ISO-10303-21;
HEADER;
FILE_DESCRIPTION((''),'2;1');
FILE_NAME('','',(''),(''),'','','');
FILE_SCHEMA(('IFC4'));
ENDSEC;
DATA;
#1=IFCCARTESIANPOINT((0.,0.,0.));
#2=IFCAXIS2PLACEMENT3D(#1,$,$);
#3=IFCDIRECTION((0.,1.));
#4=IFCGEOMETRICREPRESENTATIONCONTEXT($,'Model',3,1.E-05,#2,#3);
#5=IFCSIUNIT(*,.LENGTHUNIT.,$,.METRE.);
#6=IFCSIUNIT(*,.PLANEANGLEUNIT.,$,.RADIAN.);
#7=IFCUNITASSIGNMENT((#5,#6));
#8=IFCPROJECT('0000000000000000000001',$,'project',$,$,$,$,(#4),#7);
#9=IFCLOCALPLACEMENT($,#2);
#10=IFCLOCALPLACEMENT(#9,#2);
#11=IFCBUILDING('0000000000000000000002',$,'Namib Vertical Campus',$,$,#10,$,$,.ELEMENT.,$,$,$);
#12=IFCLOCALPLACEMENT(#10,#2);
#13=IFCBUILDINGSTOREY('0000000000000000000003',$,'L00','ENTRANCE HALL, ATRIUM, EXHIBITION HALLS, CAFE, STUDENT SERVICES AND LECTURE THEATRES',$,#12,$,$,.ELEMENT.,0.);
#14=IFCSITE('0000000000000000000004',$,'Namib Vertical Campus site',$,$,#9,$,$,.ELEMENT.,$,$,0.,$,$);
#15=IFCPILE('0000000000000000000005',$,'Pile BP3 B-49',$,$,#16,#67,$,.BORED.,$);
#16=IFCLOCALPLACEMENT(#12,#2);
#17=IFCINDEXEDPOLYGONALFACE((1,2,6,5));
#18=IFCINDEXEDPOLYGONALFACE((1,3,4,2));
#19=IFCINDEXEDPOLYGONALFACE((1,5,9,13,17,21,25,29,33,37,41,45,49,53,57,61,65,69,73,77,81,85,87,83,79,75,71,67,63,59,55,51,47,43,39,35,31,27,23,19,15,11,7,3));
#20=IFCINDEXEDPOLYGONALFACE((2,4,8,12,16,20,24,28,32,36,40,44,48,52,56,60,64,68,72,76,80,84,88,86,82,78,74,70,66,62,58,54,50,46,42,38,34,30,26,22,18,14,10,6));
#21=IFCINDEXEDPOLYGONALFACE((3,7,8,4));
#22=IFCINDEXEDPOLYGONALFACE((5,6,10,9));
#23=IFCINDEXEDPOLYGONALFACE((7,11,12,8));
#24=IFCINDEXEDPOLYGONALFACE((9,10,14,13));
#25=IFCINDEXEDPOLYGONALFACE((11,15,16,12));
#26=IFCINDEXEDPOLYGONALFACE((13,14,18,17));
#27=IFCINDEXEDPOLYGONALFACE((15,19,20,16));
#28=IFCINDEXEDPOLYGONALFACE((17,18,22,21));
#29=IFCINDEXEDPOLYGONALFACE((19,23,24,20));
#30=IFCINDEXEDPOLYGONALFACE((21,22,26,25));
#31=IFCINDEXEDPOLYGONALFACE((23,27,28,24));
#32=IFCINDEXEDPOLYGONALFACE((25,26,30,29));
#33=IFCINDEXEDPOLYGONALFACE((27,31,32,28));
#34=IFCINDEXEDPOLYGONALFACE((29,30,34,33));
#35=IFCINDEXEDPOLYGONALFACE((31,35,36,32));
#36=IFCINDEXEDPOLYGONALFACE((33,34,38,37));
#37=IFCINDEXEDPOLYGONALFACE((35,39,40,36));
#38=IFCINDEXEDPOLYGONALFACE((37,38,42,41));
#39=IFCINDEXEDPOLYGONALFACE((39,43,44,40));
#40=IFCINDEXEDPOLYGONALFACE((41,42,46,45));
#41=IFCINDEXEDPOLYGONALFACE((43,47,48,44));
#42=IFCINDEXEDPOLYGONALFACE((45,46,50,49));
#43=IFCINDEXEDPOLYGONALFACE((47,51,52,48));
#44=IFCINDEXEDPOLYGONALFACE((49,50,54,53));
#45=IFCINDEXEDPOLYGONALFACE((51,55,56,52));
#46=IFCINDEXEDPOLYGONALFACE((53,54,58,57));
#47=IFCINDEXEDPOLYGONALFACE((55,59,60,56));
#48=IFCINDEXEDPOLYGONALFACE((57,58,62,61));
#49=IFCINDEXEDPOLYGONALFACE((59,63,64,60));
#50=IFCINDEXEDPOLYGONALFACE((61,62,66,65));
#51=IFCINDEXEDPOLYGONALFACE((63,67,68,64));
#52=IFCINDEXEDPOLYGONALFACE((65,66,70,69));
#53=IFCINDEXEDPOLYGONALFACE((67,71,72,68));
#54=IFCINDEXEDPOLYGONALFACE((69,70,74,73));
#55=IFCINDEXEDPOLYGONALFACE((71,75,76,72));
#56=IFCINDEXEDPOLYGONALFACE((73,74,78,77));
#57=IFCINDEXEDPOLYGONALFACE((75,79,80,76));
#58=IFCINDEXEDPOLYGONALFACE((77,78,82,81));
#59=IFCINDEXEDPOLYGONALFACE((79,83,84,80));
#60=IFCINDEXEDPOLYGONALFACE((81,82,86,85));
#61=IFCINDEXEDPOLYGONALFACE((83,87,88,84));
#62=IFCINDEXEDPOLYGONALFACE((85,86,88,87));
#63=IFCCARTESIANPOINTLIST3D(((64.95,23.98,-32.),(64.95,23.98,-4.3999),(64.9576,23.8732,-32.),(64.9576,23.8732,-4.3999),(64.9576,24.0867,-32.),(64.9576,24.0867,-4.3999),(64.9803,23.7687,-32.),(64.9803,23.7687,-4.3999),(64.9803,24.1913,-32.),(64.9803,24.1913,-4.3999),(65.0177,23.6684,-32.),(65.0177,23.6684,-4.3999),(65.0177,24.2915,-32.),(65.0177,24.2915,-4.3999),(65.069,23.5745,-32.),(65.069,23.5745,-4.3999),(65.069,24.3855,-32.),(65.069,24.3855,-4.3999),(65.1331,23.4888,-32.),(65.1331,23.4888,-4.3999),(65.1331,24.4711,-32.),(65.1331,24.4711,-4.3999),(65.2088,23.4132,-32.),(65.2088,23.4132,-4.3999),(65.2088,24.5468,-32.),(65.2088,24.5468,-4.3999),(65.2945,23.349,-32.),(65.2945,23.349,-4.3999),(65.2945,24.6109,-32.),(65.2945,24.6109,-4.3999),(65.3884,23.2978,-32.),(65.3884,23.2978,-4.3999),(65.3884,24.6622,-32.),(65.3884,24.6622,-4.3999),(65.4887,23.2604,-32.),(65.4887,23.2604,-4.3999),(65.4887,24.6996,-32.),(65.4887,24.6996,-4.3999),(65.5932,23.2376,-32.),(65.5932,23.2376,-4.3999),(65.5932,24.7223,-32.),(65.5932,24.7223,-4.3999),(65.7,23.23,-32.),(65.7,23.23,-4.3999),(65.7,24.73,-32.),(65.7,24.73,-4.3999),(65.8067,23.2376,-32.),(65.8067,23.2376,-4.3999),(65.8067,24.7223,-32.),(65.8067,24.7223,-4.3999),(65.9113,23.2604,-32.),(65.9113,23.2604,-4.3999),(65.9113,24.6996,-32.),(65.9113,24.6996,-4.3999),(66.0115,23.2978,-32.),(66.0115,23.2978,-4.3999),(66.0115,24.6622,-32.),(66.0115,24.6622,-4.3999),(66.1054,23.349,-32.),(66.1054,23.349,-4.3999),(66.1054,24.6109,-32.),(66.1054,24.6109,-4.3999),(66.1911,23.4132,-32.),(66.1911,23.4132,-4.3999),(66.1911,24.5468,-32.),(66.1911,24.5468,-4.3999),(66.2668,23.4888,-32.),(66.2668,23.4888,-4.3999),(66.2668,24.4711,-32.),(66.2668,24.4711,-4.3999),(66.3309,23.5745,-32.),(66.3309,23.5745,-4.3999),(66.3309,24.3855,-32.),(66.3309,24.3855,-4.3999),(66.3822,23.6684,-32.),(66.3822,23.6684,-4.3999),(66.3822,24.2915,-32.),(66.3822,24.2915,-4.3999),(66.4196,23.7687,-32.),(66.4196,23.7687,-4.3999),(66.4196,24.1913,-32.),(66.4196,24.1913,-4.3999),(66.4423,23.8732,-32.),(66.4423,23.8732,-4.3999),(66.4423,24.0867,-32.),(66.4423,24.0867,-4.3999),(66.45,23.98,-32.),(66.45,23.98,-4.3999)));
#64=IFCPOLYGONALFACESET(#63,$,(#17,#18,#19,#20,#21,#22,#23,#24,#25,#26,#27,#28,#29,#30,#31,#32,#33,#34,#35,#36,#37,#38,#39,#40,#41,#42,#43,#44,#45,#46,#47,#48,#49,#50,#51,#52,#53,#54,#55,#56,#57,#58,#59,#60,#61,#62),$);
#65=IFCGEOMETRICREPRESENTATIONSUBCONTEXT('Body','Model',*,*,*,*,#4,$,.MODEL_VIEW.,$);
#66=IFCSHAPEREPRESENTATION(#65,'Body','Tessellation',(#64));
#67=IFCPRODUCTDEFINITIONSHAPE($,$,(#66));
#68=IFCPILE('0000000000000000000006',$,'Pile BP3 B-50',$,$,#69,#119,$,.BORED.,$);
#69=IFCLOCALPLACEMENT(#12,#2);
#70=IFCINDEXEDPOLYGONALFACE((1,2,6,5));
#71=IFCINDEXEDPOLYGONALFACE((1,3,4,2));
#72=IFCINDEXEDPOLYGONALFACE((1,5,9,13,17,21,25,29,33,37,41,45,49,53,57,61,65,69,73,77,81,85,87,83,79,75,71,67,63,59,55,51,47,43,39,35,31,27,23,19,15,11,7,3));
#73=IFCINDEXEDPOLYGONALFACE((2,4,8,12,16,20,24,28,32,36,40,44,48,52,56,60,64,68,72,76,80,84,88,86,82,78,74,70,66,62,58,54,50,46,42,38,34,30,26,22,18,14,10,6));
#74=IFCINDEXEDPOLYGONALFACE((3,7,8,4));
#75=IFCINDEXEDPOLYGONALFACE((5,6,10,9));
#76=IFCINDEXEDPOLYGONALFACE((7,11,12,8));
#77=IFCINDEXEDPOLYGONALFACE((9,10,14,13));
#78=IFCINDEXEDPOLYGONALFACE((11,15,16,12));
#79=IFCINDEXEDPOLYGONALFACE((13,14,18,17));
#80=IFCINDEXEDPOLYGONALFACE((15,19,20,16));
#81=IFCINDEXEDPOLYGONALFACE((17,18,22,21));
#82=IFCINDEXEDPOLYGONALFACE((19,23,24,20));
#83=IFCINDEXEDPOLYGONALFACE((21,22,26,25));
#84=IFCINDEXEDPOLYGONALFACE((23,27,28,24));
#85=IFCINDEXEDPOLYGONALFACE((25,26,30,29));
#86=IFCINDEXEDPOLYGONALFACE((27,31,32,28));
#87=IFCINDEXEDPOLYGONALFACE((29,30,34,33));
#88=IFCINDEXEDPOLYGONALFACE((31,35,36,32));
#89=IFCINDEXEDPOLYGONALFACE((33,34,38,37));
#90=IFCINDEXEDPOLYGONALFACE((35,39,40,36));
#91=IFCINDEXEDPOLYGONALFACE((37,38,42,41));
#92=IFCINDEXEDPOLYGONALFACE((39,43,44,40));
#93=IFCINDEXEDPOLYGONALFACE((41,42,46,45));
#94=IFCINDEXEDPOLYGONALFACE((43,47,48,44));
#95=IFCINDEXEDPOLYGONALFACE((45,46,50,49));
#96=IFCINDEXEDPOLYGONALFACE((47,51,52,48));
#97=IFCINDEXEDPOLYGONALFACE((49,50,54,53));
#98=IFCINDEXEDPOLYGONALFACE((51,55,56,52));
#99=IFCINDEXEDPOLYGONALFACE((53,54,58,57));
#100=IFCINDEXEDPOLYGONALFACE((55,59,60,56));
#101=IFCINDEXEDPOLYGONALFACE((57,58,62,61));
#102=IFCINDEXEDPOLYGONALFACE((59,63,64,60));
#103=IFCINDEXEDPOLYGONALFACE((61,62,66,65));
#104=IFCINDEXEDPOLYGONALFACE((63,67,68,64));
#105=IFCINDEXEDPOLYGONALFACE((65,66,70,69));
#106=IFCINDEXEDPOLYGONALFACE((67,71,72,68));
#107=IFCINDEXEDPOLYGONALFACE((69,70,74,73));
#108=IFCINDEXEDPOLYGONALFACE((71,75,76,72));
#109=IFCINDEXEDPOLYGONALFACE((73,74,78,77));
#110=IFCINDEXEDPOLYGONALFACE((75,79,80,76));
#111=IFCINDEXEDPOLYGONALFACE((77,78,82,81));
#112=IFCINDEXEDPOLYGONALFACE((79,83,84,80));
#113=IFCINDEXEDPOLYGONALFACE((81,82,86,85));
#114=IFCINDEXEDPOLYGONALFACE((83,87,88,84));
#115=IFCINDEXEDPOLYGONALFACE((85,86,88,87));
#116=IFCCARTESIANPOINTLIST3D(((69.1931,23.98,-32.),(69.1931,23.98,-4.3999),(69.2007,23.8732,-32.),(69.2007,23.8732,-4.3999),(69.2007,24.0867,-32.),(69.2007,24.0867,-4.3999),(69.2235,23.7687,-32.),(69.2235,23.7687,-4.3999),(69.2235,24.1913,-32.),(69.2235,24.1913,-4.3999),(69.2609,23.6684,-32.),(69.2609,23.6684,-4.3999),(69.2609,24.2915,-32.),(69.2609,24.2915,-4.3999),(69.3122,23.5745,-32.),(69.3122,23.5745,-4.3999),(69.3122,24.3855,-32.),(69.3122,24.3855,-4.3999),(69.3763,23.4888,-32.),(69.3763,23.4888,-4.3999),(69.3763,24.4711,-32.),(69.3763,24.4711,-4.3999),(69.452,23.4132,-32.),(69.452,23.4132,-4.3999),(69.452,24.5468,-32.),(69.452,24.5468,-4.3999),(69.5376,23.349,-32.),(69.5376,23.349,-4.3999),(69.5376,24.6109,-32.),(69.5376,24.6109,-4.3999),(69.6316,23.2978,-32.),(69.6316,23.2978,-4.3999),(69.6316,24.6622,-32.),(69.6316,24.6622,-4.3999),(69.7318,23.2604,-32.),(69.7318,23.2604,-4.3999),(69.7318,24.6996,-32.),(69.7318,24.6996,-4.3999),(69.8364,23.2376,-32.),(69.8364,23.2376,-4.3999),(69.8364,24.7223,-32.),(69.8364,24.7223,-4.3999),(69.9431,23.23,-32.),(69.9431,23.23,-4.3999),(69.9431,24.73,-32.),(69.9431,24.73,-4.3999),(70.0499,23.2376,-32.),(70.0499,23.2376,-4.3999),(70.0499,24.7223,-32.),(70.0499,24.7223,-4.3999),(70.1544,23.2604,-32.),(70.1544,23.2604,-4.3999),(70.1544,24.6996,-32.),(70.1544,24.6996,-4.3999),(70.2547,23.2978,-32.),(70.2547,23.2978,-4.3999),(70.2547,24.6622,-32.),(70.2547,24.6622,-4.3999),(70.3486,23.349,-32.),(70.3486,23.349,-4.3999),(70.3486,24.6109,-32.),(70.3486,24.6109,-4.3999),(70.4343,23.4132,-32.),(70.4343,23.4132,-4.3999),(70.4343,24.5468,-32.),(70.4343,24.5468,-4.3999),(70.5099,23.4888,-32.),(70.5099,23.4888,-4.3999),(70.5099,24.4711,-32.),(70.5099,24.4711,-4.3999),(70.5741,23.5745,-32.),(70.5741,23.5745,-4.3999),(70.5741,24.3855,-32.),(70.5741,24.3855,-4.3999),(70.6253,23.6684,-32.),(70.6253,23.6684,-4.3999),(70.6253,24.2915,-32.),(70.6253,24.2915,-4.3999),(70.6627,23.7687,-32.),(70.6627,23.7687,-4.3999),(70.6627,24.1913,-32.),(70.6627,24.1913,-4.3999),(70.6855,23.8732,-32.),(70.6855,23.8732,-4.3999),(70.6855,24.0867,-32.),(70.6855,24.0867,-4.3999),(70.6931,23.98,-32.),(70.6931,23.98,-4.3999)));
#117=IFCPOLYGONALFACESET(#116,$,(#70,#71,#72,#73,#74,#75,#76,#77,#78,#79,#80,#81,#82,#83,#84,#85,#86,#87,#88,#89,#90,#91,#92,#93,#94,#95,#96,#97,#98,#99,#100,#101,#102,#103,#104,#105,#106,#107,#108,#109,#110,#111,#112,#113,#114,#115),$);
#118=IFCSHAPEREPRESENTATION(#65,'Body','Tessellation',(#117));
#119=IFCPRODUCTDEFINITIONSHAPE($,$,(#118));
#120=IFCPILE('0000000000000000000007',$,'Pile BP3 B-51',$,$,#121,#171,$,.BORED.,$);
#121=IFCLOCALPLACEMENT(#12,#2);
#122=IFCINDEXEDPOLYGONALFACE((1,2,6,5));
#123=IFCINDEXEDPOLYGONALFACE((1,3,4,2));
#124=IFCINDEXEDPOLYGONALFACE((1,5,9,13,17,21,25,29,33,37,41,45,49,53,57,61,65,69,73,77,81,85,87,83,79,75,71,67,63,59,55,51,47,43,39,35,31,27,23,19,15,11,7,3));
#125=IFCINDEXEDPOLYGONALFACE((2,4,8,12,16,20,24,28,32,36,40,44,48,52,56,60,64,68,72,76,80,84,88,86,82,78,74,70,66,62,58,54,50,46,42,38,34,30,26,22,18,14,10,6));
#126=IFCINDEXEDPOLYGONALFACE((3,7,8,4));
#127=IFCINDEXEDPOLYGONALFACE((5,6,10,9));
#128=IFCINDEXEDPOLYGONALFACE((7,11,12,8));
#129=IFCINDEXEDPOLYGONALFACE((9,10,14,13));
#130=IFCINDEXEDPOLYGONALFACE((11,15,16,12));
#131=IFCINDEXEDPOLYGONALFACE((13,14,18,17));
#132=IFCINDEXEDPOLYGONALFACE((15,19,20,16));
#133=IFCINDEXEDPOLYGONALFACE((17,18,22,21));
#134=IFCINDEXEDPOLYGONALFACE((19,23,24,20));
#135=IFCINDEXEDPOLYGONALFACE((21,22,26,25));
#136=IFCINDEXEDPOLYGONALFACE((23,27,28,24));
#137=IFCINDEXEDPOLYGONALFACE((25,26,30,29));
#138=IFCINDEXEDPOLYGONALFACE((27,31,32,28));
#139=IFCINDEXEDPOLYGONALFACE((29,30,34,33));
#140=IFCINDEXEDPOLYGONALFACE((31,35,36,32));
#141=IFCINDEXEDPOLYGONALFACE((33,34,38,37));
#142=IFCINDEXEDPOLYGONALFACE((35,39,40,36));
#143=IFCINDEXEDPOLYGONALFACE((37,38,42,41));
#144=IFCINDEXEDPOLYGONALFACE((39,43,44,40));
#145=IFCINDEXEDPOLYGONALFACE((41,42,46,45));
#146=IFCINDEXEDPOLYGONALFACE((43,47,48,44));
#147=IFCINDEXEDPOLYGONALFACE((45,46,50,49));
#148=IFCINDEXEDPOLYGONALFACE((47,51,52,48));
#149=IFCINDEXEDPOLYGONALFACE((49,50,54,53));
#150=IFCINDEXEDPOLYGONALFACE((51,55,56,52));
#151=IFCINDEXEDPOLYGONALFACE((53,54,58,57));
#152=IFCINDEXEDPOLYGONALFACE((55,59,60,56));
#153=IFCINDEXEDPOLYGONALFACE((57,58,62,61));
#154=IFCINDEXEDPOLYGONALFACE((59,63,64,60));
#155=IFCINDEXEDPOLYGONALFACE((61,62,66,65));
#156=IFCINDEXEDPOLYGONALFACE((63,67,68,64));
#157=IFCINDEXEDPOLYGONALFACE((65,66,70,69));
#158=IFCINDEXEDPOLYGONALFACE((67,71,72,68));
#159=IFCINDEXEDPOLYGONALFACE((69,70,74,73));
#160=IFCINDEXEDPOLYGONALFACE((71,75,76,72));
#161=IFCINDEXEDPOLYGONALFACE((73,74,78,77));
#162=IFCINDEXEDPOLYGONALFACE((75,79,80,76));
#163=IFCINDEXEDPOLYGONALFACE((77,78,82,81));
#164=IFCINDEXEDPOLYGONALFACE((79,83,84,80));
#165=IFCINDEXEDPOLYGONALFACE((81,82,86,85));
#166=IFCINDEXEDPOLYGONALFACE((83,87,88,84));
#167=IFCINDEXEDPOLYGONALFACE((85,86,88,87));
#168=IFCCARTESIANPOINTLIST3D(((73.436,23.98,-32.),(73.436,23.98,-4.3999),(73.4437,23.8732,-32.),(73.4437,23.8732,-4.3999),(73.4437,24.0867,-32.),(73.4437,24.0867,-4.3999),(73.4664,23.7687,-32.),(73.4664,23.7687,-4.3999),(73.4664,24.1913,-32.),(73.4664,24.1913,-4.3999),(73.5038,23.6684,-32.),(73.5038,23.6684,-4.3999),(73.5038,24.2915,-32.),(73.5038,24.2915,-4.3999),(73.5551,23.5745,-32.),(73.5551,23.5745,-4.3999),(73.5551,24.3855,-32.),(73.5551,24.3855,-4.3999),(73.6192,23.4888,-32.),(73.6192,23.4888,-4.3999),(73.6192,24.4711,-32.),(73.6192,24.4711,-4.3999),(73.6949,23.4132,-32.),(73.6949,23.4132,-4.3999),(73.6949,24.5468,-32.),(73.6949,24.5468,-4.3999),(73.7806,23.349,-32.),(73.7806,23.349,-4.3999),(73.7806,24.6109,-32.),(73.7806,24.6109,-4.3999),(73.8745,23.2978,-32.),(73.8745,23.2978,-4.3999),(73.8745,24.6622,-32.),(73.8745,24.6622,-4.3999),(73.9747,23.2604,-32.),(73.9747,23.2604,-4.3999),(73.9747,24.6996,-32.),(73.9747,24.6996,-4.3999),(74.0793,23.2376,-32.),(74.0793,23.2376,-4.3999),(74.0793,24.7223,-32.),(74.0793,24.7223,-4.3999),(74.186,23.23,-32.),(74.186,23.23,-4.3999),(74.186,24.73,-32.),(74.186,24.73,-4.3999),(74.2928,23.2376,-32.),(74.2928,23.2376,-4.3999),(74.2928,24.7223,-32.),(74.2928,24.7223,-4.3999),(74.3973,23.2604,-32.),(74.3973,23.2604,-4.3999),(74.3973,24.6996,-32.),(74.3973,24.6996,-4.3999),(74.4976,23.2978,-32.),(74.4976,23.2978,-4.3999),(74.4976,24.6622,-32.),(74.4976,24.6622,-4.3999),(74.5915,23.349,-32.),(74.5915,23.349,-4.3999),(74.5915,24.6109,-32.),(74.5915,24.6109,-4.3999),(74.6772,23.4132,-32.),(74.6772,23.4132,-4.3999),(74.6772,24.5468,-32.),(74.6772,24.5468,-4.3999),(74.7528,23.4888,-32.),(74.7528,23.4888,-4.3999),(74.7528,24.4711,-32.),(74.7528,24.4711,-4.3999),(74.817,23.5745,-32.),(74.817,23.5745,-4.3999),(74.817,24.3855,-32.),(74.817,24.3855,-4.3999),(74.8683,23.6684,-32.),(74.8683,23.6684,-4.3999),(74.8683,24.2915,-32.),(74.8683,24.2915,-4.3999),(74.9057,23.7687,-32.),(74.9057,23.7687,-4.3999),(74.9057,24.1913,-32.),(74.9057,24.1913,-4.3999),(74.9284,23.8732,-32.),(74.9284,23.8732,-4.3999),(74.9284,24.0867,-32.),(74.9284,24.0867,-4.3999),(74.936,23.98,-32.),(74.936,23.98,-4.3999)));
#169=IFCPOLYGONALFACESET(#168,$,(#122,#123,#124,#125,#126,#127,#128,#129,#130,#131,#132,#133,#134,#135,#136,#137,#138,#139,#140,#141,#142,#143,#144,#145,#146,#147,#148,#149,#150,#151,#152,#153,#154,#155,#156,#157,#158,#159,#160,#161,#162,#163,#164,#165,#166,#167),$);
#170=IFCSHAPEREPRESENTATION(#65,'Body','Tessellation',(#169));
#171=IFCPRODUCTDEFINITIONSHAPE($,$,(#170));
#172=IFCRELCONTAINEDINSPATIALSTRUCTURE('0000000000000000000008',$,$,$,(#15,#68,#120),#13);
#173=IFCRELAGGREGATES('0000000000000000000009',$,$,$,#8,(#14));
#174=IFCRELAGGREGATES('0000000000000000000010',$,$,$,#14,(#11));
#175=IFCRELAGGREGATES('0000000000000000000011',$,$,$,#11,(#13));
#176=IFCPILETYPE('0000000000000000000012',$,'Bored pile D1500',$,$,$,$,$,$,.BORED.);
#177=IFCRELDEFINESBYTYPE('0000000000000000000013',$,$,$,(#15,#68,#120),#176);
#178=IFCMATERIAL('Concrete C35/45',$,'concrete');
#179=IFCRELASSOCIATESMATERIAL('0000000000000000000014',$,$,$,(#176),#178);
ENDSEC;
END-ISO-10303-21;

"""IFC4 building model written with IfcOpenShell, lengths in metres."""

from ifc_helpers import new_model, si_unit, direction, frame, origin, origin_2d, place, context, subcontext, project, spatial, circle, extrude, material, material_profile, profile_set, type_object, element, save


model = new_model("IFC4")

# Units and contexts
model_context = context("Model", 3, precision=1e-05, world=origin(), true_north=direction((0.0, 1.0)))
body_context = subcontext(model_context, "Body", "Model", "MODEL_VIEW")
ifc_project = project(units=[si_unit("LENGTHUNIT", "METRE"), si_unit("PLANEANGLEUNIT", "RADIAN")], contexts=[model_context])

# Site, building, storey
site_placement = place(None, origin())
site = spatial("IfcSite", under=ifc_project, at=site_placement, Name="Namib Vertical Campus site", CompositionType="ELEMENT", RefElevation=0.0)
building_placement = place(site_placement, origin())
building = spatial("IfcBuilding", under=site, at=building_placement, Name="Namib Vertical Campus", CompositionType="ELEMENT")
storey_placement = place(building_placement, origin())
storey = spatial("IfcBuildingStorey", under=building, at=storey_placement, Name="L00", Description="ENTRANCE HALL, ATRIUM, EXHIBITION HALLS, CAFE, STUDENT SERVICES AND LECTURE THEATRES", CompositionType="ELEMENT", Elevation=0.0)

# Piles
ifc_material_1 = material(Name="Concrete C35/45", Category="concrete")
ifc_material_profile_1 = material_profile(ifc_material_1, circle(Radius=0.75, at=origin_2d()))
ifc_profile_set_1 = profile_set([ifc_material_profile_1], Name="Concrete C35/45")
pile_type = type_object("IfcPileType", Name="Bored pile D1500", PredefinedType="BORED", material=ifc_profile_set_1)
for number, where, z_axis, x_axis, name in (
    (1, (65.7, 23.98, -4.3999), (0.0, 0.0, -1.0), (1.0, 0.0, 0.0), "Pile BP3 B-49"),
    (2, (69.9431, 23.98, -4.3999), (0.0, 0.0, -1.0), (1.0, 0.0, 0.0), "Pile BP3 B-50"),
    (3, (74.186, 23.98, -4.3999), (0.0, 0.0, -1.0), (1.0, 0.0, 0.0), "Pile BP3 B-51"),
):
    element("IfcPile", number, at=place(storey_placement, frame(where, z_axis=z_axis, x_axis=x_axis)), inside=storey, type_object=pile_type, Name=name, PredefinedType="BORED", context=body_context, shape_type="SweptSolid", body=[
        extrude(circle(Radius=0.75, at=origin_2d()), origin(), (0.0, 0.0, 1.0), 27.6001),
    ])

save(model, "model.ifc")
